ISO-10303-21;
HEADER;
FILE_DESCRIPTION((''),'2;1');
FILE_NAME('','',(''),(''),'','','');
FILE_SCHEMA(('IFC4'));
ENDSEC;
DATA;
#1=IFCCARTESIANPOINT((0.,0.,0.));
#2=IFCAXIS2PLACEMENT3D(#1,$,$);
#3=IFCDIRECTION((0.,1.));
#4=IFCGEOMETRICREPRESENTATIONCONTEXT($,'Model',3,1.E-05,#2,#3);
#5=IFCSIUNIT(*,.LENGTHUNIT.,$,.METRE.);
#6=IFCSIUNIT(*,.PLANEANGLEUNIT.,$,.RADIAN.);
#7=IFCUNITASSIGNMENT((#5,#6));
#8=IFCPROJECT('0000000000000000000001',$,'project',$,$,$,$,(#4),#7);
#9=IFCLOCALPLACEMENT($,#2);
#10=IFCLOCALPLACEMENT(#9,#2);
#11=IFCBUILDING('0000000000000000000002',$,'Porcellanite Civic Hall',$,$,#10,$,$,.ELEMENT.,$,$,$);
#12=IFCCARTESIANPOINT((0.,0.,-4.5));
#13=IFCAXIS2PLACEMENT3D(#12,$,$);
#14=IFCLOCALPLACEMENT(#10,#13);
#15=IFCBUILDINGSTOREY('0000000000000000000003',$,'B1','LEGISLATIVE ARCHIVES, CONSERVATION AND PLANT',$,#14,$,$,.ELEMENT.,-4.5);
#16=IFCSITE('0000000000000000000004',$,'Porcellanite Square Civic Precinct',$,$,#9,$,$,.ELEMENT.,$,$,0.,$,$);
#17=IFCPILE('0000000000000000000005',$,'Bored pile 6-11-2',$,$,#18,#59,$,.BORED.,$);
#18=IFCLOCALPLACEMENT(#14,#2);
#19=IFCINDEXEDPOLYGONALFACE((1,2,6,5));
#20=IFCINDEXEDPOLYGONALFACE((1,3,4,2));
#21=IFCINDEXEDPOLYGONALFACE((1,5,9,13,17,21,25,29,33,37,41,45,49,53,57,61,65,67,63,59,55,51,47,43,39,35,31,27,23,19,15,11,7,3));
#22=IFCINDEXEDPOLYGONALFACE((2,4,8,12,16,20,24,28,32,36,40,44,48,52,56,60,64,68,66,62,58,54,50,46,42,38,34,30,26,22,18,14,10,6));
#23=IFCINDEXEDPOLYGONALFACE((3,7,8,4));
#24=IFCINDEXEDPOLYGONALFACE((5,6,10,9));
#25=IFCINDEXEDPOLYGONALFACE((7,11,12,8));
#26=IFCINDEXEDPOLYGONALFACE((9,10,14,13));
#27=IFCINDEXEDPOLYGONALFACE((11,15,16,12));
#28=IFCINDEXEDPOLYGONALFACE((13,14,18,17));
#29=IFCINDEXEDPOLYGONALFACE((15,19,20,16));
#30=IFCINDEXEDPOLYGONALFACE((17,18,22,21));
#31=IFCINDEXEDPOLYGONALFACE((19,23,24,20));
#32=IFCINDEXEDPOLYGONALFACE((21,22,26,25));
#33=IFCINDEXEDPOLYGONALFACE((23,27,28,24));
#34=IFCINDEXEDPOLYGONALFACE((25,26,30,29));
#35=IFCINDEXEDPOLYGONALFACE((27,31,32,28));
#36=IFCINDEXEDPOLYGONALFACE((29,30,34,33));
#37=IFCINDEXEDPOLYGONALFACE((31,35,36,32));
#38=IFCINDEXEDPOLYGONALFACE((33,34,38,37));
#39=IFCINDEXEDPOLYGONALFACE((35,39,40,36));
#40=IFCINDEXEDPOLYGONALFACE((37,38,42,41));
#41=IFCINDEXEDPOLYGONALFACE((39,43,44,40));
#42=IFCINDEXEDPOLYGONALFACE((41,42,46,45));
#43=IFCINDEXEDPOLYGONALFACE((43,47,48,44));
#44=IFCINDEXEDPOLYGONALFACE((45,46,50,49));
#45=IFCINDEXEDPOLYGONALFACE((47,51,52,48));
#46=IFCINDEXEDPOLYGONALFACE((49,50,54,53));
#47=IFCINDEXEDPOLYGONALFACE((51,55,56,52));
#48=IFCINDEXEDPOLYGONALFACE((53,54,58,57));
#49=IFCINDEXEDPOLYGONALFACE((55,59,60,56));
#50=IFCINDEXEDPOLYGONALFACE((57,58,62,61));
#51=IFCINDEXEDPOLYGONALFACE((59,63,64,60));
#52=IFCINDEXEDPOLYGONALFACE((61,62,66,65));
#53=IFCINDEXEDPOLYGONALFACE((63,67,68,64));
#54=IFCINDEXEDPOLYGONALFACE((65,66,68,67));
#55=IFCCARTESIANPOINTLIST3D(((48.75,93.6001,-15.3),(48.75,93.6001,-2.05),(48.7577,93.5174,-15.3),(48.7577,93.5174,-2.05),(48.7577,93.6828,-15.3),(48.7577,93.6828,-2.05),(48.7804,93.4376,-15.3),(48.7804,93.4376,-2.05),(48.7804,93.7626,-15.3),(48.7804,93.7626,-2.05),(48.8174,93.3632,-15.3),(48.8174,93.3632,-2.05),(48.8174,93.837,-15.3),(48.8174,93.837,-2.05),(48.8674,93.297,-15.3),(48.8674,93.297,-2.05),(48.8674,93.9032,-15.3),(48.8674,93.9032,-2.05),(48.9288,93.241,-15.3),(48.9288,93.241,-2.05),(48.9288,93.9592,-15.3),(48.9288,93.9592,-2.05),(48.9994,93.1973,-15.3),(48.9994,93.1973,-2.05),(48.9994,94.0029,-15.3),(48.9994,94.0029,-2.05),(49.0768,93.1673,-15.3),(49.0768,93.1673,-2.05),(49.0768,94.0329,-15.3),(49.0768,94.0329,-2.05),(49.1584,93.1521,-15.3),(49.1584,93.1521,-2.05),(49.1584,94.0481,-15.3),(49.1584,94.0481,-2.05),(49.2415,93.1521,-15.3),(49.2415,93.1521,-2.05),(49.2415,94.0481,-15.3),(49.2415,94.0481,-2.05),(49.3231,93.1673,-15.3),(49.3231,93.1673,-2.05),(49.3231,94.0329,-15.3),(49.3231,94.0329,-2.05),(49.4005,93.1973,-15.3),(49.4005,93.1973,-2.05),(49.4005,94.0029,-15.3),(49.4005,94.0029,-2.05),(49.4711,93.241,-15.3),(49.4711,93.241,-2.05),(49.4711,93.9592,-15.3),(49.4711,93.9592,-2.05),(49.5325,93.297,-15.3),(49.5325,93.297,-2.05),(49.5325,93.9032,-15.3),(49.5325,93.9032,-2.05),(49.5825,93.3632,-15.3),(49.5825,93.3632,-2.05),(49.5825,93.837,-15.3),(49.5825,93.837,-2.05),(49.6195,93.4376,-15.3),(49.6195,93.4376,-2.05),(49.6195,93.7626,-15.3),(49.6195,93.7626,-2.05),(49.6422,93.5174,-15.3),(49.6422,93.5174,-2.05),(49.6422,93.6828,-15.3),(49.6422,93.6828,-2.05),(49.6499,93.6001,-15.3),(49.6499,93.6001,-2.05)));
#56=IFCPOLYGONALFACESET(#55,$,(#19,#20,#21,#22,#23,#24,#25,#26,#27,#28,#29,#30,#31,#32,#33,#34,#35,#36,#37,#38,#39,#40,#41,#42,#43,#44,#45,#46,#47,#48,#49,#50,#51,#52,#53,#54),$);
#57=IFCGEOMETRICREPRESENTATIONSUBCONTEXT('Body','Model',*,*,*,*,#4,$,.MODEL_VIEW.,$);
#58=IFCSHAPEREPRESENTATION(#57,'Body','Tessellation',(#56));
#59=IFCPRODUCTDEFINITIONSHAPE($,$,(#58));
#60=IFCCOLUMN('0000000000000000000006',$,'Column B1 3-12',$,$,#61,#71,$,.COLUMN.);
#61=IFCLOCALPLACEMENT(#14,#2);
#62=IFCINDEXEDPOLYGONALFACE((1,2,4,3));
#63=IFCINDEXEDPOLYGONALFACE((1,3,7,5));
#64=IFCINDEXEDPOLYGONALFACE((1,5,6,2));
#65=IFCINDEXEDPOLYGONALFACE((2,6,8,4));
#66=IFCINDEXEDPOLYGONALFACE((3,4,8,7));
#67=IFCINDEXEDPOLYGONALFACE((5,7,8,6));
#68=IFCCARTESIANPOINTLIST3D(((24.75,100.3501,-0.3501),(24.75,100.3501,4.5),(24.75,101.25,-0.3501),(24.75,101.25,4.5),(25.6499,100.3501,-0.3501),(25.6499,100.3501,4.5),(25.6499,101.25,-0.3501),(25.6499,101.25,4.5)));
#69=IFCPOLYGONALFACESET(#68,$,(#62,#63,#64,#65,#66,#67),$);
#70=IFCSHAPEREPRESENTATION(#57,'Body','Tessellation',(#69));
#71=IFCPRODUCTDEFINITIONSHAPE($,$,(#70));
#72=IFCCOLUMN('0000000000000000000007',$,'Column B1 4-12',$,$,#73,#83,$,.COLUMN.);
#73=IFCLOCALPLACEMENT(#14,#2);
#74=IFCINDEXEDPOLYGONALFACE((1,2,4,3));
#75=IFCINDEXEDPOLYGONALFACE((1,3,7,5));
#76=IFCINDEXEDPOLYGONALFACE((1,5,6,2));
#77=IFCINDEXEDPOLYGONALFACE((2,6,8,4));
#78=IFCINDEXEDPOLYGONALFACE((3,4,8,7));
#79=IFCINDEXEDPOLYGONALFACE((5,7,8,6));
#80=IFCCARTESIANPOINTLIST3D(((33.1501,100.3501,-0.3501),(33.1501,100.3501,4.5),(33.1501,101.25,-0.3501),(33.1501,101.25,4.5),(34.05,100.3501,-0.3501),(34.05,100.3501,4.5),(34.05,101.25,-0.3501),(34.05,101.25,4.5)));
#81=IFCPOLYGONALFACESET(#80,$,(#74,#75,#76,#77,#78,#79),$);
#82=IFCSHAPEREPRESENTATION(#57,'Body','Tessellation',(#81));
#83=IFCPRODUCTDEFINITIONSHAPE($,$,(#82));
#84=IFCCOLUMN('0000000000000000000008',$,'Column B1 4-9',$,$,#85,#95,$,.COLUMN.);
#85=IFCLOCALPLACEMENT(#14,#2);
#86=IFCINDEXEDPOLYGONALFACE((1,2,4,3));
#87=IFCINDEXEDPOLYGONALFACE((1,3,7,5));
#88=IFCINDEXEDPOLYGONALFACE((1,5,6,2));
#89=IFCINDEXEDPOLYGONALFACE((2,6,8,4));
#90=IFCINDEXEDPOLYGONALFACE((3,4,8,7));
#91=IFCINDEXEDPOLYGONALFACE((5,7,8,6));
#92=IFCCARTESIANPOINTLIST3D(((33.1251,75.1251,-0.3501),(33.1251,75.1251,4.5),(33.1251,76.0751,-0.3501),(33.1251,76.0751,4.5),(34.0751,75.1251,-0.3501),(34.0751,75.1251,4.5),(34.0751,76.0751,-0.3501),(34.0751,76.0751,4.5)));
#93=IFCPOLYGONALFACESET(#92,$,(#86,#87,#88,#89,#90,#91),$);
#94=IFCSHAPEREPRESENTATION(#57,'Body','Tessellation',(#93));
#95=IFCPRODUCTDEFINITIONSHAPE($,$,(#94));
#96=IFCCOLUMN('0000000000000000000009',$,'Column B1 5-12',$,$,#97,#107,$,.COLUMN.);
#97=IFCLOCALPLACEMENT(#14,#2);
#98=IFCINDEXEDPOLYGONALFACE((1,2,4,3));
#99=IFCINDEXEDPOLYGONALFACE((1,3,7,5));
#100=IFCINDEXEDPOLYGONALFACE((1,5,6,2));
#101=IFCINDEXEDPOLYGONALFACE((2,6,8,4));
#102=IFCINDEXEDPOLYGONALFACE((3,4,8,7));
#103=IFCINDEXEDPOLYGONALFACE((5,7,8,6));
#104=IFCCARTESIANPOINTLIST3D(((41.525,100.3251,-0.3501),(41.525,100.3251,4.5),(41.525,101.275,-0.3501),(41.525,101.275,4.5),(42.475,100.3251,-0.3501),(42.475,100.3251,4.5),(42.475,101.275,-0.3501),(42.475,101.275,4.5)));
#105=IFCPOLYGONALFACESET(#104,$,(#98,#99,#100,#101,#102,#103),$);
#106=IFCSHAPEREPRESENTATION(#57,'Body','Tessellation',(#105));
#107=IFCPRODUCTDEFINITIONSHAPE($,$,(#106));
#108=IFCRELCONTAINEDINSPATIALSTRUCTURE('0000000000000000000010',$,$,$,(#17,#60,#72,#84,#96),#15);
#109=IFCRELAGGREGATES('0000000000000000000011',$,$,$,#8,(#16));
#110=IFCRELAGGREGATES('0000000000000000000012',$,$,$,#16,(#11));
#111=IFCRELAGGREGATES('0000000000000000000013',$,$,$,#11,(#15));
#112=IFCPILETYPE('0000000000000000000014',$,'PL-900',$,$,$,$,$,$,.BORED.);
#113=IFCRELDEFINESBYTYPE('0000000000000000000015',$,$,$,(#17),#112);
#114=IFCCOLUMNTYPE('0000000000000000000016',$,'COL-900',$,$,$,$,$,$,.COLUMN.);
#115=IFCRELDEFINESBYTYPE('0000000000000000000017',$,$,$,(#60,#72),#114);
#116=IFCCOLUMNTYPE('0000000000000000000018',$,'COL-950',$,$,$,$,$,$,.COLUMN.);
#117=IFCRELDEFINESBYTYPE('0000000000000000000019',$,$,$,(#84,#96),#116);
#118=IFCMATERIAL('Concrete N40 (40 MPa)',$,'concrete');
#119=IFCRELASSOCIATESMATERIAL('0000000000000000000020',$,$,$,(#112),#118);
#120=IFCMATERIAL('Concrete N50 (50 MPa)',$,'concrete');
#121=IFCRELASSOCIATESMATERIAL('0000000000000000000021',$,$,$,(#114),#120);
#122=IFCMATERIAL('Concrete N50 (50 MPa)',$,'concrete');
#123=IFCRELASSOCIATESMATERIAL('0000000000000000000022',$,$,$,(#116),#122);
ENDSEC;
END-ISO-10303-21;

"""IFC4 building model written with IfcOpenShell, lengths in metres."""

from ifc_helpers import new_model, si_unit, direction, frame, origin, origin_2d, place, context, subcontext, project, spatial, rectangle, circle, extrude, material, material_profile, profile_set, type_object, element, save


model = new_model("IFC4")

# Units and contexts
model_context = context("Model", 3, precision=1e-05, world=origin(), true_north=direction((0.0, 1.0)))
body_context = subcontext(model_context, "Body", "Model", "MODEL_VIEW")
ifc_project = project(units=[si_unit("LENGTHUNIT", "METRE"), si_unit("PLANEANGLEUNIT", "RADIAN")], contexts=[model_context])

# Site, building, storey
site_placement = place(None, origin())
site = spatial("IfcSite", under=ifc_project, at=site_placement, Name="Porcellanite Square Civic Precinct", CompositionType="ELEMENT", RefElevation=0.0)
building_placement = place(site_placement, origin())
building = spatial("IfcBuilding", under=site, at=building_placement, Name="Porcellanite Civic Hall", CompositionType="ELEMENT")
storey_placement = place(building_placement, frame((0.0, 0.0, -4.5)))
storey = spatial("IfcBuildingStorey", under=building, at=storey_placement, Name="B1", Description="LEGISLATIVE ARCHIVES, CONSERVATION AND PLANT", CompositionType="ELEMENT", Elevation=-4.5)

# Pile
ifc_material_1 = material(Name="Concrete N40 (40 MPa)", Category="concrete")
ifc_material_profile_1 = material_profile(ifc_material_1, circle(Radius=0.45, at=origin_2d()), Name="PILE-D900")
ifc_profile_set_1 = profile_set([ifc_material_profile_1], Name="Concrete N40 (40 MPa)")
pile_type_1 = type_object("IfcPileType", Name="PL-900", PredefinedType="BORED", material=ifc_profile_set_1)
for number, where, z_axis, x_axis, name in (
    (1, (49.2, 93.6001, -2.05), (0.0, 0.0, -1.0), (1.0, 0.0, 0.0), "Bored pile 6-11-2"),
):
    element("IfcPile", number, at=place(storey_placement, frame(where, z_axis=z_axis, x_axis=x_axis)), inside=storey, type_object=pile_type_1, Name=name, PredefinedType="BORED", context=body_context, shape_type="SweptSolid", body=[
        extrude(circle(Radius=0.45, at=origin_2d()), origin(), (0.0, 0.0, 1.0), 13.25),
    ])

# Columns
ifc_material_2 = material(Name="Concrete N50 (50 MPa)", Category="concrete")
ifc_material_profile_2 = material_profile(ifc_material_2, rectangle(XDim=0.8999, YDim=0.8999, at=origin_2d()), Name="RC-900x900")
ifc_profile_set_2 = profile_set([ifc_material_profile_2], Name="Concrete N50 (50 MPa)")
column_type_1 = type_object("IfcColumnType", Name="COL-900", PredefinedType="COLUMN", material=ifc_profile_set_2)
for number, where, z_axis, x_axis, name in (
    (2, (25.2, 100.8, -0.3501), (0.0, 0.0, 1.0), (1.0, 0.0, 0.0), "Column B1 3-12"),
    (3, (33.6001, 100.8, -0.3501), (0.0, 0.0, 1.0), (1.0, 0.0, 0.0), "Column B1 4-12"),
):
    element("IfcColumn", number, at=place(storey_placement, frame(where, z_axis=z_axis, x_axis=x_axis)), inside=storey, type_object=column_type_1, Name=name, PredefinedType="COLUMN", context=body_context, shape_type="SweptSolid", body=[
        extrude(rectangle(XDim=0.8999, YDim=0.8999, at=origin_2d()), origin(), (0.0, 0.0, 1.0), 4.8501),
    ])
ifc_material_3 = material(Name="Concrete N50 (50 MPa)", Category="concrete")
ifc_material_profile_3 = material_profile(ifc_material_3, rectangle(XDim=0.95, YDim=0.95, at=origin_2d()), Name="RC-950x950")
ifc_profile_set_3 = profile_set([ifc_material_profile_3], Name="Concrete N50 (50 MPa)")
column_type_2 = type_object("IfcColumnType", Name="COL-950", PredefinedType="COLUMN", material=ifc_profile_set_3)
for number, where, z_axis, x_axis, name in (
    (4, (33.6001, 75.6001, -0.3501), (0.0, 0.0, 1.0), (1.0, 0.0, 0.0), "Column B1 4-9"),
    (5, (42.0, 100.8, -0.3501), (0.0, 0.0, 1.0), (1.0, 0.0, 0.0), "Column B1 5-12"),
):
    element("IfcColumn", number, at=place(storey_placement, frame(where, z_axis=z_axis, x_axis=x_axis)), inside=storey, type_object=column_type_2, Name=name, PredefinedType="COLUMN", context=body_context, shape_type="SweptSolid", body=[
        extrude(rectangle(XDim=0.95, YDim=0.95, at=origin_2d()), origin(), (0.0, 0.0, 1.0), 4.8501),
    ])

save(model, "model.ifc")
